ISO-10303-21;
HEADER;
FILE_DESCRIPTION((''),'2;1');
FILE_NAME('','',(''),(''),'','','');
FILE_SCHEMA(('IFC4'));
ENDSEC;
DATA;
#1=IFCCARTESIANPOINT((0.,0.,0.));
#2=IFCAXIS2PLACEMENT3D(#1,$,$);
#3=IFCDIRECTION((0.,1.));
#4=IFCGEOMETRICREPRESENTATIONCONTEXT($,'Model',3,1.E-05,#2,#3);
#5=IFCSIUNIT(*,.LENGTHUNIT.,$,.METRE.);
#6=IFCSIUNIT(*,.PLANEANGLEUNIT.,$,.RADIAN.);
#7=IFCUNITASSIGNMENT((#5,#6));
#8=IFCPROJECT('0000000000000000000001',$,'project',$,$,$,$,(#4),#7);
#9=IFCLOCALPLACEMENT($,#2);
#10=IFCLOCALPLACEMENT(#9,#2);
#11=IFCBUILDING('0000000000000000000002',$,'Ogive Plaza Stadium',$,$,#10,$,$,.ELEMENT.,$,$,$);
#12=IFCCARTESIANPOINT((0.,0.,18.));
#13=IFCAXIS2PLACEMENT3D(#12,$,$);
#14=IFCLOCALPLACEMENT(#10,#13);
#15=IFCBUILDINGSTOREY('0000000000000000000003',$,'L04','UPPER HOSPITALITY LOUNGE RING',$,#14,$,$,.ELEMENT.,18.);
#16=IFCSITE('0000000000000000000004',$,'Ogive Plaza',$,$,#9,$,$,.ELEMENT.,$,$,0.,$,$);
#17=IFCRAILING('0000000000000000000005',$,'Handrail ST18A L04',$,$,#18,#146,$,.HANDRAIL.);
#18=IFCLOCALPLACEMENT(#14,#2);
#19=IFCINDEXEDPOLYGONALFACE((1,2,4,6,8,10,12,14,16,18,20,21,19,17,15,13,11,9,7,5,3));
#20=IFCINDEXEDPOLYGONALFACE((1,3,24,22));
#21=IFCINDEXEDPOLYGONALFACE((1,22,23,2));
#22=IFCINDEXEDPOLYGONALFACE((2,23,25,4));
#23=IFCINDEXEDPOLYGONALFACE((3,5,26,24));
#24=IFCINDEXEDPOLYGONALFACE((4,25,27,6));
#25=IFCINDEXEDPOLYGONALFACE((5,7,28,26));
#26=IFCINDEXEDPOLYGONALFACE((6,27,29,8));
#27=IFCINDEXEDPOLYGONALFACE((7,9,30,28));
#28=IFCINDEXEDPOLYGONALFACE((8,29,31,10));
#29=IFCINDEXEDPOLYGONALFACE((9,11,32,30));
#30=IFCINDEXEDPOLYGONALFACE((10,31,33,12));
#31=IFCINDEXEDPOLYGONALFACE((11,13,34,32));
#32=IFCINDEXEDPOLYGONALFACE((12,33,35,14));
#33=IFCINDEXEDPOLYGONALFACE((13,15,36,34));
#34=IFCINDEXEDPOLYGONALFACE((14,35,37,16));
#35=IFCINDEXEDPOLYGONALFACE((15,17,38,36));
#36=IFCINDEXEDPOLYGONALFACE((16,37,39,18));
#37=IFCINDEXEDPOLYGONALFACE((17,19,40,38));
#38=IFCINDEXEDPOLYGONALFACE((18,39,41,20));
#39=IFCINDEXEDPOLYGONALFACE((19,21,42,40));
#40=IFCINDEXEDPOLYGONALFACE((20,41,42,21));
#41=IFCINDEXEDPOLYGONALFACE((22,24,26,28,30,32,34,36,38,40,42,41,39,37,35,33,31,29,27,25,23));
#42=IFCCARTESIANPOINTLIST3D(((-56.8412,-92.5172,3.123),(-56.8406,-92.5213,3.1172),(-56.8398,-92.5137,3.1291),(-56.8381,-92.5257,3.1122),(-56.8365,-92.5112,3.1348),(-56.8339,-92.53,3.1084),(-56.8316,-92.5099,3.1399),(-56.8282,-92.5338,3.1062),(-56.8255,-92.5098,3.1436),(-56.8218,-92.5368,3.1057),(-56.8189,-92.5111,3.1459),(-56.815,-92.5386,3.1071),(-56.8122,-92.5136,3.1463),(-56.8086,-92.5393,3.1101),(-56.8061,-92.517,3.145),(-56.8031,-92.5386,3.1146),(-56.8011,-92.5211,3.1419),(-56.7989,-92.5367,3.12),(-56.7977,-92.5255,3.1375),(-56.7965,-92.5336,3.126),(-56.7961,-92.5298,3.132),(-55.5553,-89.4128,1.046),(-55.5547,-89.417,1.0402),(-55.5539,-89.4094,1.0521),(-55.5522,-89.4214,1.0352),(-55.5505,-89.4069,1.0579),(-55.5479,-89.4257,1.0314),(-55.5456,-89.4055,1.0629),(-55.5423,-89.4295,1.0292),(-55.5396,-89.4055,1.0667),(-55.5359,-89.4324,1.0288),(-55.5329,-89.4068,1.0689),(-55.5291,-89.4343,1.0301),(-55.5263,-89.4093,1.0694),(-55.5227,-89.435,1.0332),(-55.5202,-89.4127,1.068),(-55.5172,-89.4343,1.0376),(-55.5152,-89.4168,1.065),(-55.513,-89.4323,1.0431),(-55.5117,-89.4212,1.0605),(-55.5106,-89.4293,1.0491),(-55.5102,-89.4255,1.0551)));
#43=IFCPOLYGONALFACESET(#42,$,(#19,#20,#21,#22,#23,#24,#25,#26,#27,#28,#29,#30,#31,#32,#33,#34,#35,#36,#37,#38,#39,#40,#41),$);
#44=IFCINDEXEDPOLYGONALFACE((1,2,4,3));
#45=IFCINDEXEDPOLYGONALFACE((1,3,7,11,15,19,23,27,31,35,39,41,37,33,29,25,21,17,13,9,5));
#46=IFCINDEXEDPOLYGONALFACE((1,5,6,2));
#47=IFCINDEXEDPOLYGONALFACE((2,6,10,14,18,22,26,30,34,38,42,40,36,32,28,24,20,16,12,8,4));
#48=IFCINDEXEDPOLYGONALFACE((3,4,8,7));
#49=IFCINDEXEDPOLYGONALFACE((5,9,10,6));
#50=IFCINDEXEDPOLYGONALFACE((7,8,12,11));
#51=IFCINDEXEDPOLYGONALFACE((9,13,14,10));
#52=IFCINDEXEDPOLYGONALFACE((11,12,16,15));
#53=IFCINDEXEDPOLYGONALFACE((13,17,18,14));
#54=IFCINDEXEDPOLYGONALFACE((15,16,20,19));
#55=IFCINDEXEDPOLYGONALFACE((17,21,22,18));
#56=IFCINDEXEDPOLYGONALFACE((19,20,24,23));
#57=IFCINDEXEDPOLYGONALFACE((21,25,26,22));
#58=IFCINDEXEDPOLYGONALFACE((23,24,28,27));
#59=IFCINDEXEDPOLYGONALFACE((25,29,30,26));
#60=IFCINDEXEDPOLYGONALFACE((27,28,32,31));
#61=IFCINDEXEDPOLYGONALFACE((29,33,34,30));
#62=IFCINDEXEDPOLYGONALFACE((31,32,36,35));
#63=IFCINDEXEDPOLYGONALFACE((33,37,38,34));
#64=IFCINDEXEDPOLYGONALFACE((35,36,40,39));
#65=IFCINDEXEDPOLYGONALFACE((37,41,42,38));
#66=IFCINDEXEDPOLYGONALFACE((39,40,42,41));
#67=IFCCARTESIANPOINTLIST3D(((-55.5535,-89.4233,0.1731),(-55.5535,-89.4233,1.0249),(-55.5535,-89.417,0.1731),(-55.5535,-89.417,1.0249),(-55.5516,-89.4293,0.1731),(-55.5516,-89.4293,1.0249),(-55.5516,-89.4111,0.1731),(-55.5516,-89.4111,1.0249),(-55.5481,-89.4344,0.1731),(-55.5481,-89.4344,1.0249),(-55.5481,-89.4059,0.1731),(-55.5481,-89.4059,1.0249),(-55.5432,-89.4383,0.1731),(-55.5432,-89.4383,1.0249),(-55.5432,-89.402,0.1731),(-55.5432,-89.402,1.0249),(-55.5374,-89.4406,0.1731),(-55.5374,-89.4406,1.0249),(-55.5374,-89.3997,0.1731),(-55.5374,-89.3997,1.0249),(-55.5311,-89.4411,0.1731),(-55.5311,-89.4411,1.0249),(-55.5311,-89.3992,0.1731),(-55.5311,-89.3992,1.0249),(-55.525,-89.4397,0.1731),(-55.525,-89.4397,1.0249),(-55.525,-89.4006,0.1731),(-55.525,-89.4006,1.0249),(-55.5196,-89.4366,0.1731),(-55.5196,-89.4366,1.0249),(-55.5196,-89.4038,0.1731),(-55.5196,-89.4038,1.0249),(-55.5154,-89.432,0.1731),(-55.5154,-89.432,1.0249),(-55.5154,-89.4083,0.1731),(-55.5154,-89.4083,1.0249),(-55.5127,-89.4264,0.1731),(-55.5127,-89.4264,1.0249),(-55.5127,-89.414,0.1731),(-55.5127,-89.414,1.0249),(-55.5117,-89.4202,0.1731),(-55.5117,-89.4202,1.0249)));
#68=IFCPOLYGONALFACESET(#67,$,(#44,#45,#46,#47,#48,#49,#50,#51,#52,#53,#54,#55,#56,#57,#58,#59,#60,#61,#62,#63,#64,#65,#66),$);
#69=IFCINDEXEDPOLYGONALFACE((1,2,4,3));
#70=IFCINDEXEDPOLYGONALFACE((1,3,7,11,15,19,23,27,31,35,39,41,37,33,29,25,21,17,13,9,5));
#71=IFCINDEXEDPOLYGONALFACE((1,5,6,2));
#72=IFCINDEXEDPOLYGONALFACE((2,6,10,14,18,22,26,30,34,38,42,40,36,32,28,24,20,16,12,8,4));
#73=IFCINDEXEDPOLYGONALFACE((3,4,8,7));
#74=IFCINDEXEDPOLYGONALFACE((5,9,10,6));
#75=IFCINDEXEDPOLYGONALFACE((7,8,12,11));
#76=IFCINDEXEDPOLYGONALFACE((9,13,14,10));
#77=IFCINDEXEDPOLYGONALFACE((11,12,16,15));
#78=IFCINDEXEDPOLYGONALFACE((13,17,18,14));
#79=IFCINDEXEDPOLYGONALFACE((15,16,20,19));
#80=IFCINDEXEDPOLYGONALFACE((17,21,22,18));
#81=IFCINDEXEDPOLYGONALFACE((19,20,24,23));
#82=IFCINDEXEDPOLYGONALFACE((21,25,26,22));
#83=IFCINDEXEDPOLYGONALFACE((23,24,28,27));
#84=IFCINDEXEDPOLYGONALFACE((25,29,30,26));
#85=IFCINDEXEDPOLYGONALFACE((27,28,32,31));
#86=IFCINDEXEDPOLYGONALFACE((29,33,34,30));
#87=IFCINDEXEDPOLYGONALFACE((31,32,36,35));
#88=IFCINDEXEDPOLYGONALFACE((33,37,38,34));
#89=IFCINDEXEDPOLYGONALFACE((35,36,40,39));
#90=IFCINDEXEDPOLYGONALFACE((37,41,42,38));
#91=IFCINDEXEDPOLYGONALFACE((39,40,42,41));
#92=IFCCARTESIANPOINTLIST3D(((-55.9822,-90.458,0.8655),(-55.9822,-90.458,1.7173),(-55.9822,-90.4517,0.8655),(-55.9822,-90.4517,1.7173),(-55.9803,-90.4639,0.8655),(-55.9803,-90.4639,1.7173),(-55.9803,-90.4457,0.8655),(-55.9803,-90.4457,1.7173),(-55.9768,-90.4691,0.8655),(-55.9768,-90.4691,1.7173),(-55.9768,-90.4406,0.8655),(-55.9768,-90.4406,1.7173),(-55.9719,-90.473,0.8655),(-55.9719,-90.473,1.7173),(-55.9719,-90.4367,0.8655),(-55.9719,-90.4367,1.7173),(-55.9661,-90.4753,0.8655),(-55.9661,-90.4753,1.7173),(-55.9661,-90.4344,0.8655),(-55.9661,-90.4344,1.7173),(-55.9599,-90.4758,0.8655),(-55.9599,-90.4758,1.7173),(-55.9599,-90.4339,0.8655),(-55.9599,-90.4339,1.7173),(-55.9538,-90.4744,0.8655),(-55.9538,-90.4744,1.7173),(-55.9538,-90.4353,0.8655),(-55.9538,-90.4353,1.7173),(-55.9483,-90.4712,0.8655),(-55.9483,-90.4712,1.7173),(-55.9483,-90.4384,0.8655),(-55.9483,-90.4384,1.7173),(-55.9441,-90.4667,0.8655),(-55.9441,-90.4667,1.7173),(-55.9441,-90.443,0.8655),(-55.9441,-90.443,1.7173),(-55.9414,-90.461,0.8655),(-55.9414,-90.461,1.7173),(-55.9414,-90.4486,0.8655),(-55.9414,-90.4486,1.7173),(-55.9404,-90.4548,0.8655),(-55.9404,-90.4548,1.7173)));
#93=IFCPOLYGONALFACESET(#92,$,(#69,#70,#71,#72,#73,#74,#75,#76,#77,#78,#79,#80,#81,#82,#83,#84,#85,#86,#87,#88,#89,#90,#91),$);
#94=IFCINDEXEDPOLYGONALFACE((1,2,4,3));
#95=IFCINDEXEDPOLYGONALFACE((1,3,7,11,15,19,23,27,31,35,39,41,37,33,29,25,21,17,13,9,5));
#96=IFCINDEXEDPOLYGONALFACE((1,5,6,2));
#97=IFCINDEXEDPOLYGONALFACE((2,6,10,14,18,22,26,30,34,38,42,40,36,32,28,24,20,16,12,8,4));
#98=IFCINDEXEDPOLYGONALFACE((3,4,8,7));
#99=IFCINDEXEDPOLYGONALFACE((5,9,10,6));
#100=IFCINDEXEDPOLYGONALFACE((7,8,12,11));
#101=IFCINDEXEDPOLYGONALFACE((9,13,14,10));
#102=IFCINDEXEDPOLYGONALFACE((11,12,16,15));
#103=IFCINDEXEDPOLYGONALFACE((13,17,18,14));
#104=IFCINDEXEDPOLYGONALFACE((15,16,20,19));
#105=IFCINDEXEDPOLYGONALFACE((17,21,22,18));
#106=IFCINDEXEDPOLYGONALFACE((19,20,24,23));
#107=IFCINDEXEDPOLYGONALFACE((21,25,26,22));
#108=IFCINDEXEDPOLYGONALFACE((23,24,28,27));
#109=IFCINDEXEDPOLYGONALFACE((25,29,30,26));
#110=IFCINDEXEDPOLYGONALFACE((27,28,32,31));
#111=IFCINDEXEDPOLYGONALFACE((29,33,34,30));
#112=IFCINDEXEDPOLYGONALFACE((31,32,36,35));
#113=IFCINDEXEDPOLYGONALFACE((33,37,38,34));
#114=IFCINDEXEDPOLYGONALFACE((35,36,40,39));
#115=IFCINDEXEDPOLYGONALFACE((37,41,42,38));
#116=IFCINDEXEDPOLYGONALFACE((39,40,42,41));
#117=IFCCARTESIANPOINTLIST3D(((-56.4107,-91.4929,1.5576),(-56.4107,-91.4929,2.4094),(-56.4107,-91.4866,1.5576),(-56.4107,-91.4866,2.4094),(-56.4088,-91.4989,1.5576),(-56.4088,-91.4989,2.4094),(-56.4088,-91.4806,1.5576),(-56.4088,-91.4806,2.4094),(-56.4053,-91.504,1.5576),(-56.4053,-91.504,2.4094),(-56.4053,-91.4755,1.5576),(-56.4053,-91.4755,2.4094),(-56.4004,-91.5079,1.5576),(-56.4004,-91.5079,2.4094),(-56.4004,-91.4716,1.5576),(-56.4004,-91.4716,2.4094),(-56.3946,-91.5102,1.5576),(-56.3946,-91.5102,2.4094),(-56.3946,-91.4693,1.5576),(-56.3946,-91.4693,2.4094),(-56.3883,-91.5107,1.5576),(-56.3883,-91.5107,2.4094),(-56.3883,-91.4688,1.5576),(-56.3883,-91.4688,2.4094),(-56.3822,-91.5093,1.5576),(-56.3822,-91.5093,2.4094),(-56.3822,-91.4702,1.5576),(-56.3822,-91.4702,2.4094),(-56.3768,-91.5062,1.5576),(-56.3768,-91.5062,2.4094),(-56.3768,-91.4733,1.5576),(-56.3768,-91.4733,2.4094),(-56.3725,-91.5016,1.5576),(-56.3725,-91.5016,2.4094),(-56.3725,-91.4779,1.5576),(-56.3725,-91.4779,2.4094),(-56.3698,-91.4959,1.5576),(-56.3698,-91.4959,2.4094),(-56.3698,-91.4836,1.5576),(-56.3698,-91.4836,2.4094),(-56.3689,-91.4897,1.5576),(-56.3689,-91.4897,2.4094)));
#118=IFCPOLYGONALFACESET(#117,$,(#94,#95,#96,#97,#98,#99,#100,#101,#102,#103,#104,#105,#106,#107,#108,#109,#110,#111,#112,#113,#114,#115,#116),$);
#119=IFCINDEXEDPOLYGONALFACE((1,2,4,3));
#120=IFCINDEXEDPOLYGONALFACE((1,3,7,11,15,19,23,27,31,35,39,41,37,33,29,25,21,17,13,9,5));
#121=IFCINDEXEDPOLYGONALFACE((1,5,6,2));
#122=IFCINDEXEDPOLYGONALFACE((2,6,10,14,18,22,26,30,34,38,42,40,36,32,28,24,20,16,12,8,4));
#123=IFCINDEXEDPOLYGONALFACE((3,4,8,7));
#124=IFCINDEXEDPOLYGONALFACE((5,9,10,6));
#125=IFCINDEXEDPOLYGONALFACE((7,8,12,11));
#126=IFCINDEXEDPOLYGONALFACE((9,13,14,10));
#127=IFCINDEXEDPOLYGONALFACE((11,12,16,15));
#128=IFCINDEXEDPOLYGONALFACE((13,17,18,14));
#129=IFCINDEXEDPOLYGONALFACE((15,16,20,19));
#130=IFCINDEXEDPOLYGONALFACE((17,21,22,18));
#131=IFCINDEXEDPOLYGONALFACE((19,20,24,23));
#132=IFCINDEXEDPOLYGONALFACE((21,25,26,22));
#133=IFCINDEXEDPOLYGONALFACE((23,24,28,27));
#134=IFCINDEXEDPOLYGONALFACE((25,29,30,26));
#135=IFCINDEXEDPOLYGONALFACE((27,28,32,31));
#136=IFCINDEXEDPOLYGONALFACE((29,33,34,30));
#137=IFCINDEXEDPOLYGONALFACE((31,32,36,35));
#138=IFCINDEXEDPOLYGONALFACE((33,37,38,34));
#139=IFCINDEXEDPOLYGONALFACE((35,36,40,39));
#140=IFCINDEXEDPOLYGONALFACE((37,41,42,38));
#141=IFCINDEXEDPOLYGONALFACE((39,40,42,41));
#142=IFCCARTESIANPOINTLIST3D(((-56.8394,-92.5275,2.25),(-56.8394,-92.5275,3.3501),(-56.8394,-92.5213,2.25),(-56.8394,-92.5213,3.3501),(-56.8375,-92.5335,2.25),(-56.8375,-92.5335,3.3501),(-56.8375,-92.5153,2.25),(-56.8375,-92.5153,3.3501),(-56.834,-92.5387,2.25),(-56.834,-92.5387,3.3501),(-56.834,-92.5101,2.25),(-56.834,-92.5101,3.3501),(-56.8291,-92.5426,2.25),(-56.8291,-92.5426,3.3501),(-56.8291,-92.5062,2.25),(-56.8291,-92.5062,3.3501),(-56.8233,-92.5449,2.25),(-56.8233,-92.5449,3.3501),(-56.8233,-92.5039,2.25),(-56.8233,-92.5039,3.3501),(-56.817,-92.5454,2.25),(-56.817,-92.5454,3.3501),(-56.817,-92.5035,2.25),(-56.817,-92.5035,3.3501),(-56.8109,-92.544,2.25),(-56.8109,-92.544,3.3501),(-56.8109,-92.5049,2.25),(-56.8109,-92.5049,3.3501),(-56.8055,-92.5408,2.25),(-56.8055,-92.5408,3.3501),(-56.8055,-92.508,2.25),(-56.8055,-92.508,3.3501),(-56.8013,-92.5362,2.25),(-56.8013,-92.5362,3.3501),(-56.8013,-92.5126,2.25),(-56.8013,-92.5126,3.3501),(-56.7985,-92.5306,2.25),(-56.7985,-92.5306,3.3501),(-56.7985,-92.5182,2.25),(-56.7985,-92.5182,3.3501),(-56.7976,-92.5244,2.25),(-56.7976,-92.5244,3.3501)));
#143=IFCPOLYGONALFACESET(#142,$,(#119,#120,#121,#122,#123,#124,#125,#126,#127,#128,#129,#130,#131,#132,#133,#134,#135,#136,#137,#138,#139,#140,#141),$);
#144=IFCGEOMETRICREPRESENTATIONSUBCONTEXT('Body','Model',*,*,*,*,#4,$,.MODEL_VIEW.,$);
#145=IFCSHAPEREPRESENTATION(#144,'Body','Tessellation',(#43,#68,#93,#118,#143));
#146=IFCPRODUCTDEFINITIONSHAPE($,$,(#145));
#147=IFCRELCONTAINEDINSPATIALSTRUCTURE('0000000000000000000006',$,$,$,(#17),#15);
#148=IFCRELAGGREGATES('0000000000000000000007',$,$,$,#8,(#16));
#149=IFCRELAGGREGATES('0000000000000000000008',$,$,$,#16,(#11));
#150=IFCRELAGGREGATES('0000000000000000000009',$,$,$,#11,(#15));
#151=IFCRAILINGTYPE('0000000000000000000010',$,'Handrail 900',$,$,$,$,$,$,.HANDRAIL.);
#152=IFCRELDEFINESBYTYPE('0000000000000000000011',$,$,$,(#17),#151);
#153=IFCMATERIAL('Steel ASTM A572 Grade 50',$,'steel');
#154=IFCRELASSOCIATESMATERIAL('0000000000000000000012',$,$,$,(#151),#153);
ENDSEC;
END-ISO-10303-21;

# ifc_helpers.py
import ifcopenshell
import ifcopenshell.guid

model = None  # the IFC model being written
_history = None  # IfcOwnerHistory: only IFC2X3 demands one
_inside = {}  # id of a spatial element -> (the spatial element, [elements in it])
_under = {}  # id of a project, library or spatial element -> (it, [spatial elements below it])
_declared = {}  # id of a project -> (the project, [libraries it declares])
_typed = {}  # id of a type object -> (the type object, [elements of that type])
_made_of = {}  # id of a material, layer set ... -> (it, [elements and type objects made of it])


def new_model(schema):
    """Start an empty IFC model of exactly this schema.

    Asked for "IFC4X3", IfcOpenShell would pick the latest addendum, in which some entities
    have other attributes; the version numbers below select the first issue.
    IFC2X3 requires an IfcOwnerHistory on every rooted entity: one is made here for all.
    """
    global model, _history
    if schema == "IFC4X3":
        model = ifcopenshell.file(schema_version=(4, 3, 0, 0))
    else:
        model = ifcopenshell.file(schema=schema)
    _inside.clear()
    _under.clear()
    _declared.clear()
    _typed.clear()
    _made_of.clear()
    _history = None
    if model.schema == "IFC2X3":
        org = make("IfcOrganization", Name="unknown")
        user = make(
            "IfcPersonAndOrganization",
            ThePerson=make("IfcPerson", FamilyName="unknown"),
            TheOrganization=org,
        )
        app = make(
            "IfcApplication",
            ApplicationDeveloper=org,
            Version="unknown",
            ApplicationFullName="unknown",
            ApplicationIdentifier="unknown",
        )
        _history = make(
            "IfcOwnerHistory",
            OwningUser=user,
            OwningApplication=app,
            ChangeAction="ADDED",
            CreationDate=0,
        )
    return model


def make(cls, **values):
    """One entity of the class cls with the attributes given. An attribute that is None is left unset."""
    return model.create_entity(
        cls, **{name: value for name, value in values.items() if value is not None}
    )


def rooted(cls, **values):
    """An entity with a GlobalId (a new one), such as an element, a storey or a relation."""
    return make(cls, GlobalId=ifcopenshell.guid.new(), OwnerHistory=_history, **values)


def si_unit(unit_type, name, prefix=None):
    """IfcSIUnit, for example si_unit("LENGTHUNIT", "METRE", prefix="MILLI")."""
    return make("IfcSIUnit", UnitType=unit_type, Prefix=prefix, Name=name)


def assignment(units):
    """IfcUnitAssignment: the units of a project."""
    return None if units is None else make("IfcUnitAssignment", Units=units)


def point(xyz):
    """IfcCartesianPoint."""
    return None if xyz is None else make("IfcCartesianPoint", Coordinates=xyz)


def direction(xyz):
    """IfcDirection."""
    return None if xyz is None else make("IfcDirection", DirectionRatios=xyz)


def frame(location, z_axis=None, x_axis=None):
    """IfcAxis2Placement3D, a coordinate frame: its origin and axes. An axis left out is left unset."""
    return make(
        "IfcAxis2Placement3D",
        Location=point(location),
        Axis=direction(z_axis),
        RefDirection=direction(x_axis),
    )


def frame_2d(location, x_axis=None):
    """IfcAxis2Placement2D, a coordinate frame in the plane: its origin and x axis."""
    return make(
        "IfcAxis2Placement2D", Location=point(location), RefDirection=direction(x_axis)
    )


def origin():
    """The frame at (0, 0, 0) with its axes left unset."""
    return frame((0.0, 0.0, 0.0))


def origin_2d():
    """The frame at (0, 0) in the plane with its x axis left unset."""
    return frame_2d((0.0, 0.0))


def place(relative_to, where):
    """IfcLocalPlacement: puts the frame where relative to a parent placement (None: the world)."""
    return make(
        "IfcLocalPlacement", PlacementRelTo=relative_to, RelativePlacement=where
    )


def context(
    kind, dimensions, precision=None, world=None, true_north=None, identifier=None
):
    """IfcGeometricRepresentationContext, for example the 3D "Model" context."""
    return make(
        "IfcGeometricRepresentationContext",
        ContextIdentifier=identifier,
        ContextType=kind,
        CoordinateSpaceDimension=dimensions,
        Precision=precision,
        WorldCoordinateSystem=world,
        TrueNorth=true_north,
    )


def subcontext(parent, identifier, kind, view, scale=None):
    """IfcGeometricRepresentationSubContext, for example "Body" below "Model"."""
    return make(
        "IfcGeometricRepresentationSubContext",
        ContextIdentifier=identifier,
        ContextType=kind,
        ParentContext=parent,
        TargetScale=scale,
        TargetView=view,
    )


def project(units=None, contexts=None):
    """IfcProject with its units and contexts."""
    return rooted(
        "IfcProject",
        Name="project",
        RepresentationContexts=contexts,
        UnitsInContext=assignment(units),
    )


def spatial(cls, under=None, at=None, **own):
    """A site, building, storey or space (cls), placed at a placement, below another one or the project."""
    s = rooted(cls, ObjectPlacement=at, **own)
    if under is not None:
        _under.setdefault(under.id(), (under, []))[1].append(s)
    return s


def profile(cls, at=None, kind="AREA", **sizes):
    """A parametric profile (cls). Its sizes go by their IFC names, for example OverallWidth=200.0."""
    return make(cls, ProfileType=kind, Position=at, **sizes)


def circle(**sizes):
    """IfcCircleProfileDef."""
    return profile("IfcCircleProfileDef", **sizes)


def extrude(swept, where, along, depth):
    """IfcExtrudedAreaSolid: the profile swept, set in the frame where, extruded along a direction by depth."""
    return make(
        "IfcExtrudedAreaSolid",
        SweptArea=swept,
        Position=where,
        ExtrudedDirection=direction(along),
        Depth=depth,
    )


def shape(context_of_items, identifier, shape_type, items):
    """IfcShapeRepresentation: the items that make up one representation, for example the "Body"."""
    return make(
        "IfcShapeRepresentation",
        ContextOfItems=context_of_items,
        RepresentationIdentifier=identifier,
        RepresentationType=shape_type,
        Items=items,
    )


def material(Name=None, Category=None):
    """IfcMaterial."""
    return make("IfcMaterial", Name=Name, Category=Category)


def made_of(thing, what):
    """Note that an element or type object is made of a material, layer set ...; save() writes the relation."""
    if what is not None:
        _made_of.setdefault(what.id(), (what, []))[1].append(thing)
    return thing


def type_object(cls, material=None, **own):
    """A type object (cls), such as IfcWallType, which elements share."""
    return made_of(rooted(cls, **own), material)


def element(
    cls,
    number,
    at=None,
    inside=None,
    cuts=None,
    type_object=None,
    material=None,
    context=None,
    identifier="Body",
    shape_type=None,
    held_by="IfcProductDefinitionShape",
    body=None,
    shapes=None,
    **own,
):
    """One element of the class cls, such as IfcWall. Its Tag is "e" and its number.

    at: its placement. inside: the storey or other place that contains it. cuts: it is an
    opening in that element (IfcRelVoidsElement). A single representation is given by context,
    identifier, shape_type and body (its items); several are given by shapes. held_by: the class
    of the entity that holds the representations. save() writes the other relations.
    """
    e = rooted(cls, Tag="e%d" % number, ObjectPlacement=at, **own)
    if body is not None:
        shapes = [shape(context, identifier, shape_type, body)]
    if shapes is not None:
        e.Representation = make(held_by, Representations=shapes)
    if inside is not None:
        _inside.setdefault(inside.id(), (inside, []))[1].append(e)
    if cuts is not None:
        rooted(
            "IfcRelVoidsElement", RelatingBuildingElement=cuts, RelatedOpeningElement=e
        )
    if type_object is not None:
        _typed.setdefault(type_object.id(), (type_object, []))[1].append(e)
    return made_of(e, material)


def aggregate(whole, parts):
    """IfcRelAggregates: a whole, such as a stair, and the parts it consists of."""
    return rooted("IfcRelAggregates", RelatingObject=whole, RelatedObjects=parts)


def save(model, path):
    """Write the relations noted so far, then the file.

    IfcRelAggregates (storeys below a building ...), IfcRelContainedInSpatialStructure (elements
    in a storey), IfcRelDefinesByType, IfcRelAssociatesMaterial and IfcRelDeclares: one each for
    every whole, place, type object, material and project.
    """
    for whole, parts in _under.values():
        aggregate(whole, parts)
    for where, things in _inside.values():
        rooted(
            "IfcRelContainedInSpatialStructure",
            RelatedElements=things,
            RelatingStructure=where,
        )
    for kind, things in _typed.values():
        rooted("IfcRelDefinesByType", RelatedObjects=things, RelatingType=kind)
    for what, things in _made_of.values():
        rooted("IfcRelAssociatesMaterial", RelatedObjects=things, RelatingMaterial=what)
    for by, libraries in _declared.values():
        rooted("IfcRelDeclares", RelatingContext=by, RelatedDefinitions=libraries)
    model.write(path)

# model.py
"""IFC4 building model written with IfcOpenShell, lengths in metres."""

from ifc_helpers import new_model, si_unit, direction, frame, origin, origin_2d, place, context, subcontext, project, spatial, circle, extrude, material, type_object, element, save


model = new_model("IFC4")

# Units and contexts
model_context = context("Model", 3, precision=1e-05, world=origin(), true_north=direction((0.0, 1.0)))
body_context = subcontext(model_context, "Body", "Model", "MODEL_VIEW")
ifc_project = project(units=[si_unit("LENGTHUNIT", "METRE"), si_unit("PLANEANGLEUNIT", "RADIAN")], contexts=[model_context])

# Site, building, storey
site_placement = place(None, origin())
site = spatial("IfcSite", under=ifc_project, at=site_placement, Name="Ogive Plaza", CompositionType="ELEMENT", RefElevation=0.0)
building_placement = place(site_placement, origin())
building = spatial("IfcBuilding", under=site, at=building_placement, Name="Ogive Plaza Stadium", CompositionType="ELEMENT")
storey_placement = place(building_placement, frame((0.0, 0.0, 18.0)))
storey = spatial("IfcBuildingStorey", under=building, at=storey_placement, Name="L04", Description="UPPER HOSPITALITY LOUNGE RING", CompositionType="ELEMENT", Elevation=18.0)

# Railing
ifc_material_1 = material(Name="Steel ASTM A572 Grade 50", Category="steel")
railing_type_1 = type_object("IfcRailingType", Name="Handrail 900", PredefinedType="HANDRAIL", material=ifc_material_1)
railing_1_placement = place(storey_placement, frame((-55.5327, -89.4202, 0.1731)))
element("IfcRailing", 1, at=railing_1_placement, inside=storey, type_object=railing_type_1, Name="Handrail ST18A L04", PredefinedType="HANDRAIL", context=body_context, shape_type="SweptSolid", body=[
    extrude(circle(Radius=0.0239, at=origin_2d()), frame((0.0, 0.0, 0.876), z_axis=(-0.325532, -0.785863, 0.525783), x_axis=(0.923872, -0.3827, 0.0)), (0.0, 0.0, 1.0), 3.9502),
    extrude(circle(Radius=0.021, at=origin_2d()), origin(), (0.0, 0.0, 1.0), 0.8518),
    extrude(circle(Radius=0.021, at=origin_2d()), frame((-0.4287, -1.0347, 0.6924)), (0.0, 0.0, 1.0), 0.8518),
    extrude(circle(Radius=0.021, at=origin_2d()), frame((-0.8572, -2.0696, 1.3845)), (0.0, 0.0, 1.0), 0.8518),
    extrude(circle(Radius=0.021, at=origin_2d()), frame((-1.2859, -3.1042, 2.0769)), (0.0, 0.0, 1.0), 1.1001),
])

save(model, "model.ifc")
